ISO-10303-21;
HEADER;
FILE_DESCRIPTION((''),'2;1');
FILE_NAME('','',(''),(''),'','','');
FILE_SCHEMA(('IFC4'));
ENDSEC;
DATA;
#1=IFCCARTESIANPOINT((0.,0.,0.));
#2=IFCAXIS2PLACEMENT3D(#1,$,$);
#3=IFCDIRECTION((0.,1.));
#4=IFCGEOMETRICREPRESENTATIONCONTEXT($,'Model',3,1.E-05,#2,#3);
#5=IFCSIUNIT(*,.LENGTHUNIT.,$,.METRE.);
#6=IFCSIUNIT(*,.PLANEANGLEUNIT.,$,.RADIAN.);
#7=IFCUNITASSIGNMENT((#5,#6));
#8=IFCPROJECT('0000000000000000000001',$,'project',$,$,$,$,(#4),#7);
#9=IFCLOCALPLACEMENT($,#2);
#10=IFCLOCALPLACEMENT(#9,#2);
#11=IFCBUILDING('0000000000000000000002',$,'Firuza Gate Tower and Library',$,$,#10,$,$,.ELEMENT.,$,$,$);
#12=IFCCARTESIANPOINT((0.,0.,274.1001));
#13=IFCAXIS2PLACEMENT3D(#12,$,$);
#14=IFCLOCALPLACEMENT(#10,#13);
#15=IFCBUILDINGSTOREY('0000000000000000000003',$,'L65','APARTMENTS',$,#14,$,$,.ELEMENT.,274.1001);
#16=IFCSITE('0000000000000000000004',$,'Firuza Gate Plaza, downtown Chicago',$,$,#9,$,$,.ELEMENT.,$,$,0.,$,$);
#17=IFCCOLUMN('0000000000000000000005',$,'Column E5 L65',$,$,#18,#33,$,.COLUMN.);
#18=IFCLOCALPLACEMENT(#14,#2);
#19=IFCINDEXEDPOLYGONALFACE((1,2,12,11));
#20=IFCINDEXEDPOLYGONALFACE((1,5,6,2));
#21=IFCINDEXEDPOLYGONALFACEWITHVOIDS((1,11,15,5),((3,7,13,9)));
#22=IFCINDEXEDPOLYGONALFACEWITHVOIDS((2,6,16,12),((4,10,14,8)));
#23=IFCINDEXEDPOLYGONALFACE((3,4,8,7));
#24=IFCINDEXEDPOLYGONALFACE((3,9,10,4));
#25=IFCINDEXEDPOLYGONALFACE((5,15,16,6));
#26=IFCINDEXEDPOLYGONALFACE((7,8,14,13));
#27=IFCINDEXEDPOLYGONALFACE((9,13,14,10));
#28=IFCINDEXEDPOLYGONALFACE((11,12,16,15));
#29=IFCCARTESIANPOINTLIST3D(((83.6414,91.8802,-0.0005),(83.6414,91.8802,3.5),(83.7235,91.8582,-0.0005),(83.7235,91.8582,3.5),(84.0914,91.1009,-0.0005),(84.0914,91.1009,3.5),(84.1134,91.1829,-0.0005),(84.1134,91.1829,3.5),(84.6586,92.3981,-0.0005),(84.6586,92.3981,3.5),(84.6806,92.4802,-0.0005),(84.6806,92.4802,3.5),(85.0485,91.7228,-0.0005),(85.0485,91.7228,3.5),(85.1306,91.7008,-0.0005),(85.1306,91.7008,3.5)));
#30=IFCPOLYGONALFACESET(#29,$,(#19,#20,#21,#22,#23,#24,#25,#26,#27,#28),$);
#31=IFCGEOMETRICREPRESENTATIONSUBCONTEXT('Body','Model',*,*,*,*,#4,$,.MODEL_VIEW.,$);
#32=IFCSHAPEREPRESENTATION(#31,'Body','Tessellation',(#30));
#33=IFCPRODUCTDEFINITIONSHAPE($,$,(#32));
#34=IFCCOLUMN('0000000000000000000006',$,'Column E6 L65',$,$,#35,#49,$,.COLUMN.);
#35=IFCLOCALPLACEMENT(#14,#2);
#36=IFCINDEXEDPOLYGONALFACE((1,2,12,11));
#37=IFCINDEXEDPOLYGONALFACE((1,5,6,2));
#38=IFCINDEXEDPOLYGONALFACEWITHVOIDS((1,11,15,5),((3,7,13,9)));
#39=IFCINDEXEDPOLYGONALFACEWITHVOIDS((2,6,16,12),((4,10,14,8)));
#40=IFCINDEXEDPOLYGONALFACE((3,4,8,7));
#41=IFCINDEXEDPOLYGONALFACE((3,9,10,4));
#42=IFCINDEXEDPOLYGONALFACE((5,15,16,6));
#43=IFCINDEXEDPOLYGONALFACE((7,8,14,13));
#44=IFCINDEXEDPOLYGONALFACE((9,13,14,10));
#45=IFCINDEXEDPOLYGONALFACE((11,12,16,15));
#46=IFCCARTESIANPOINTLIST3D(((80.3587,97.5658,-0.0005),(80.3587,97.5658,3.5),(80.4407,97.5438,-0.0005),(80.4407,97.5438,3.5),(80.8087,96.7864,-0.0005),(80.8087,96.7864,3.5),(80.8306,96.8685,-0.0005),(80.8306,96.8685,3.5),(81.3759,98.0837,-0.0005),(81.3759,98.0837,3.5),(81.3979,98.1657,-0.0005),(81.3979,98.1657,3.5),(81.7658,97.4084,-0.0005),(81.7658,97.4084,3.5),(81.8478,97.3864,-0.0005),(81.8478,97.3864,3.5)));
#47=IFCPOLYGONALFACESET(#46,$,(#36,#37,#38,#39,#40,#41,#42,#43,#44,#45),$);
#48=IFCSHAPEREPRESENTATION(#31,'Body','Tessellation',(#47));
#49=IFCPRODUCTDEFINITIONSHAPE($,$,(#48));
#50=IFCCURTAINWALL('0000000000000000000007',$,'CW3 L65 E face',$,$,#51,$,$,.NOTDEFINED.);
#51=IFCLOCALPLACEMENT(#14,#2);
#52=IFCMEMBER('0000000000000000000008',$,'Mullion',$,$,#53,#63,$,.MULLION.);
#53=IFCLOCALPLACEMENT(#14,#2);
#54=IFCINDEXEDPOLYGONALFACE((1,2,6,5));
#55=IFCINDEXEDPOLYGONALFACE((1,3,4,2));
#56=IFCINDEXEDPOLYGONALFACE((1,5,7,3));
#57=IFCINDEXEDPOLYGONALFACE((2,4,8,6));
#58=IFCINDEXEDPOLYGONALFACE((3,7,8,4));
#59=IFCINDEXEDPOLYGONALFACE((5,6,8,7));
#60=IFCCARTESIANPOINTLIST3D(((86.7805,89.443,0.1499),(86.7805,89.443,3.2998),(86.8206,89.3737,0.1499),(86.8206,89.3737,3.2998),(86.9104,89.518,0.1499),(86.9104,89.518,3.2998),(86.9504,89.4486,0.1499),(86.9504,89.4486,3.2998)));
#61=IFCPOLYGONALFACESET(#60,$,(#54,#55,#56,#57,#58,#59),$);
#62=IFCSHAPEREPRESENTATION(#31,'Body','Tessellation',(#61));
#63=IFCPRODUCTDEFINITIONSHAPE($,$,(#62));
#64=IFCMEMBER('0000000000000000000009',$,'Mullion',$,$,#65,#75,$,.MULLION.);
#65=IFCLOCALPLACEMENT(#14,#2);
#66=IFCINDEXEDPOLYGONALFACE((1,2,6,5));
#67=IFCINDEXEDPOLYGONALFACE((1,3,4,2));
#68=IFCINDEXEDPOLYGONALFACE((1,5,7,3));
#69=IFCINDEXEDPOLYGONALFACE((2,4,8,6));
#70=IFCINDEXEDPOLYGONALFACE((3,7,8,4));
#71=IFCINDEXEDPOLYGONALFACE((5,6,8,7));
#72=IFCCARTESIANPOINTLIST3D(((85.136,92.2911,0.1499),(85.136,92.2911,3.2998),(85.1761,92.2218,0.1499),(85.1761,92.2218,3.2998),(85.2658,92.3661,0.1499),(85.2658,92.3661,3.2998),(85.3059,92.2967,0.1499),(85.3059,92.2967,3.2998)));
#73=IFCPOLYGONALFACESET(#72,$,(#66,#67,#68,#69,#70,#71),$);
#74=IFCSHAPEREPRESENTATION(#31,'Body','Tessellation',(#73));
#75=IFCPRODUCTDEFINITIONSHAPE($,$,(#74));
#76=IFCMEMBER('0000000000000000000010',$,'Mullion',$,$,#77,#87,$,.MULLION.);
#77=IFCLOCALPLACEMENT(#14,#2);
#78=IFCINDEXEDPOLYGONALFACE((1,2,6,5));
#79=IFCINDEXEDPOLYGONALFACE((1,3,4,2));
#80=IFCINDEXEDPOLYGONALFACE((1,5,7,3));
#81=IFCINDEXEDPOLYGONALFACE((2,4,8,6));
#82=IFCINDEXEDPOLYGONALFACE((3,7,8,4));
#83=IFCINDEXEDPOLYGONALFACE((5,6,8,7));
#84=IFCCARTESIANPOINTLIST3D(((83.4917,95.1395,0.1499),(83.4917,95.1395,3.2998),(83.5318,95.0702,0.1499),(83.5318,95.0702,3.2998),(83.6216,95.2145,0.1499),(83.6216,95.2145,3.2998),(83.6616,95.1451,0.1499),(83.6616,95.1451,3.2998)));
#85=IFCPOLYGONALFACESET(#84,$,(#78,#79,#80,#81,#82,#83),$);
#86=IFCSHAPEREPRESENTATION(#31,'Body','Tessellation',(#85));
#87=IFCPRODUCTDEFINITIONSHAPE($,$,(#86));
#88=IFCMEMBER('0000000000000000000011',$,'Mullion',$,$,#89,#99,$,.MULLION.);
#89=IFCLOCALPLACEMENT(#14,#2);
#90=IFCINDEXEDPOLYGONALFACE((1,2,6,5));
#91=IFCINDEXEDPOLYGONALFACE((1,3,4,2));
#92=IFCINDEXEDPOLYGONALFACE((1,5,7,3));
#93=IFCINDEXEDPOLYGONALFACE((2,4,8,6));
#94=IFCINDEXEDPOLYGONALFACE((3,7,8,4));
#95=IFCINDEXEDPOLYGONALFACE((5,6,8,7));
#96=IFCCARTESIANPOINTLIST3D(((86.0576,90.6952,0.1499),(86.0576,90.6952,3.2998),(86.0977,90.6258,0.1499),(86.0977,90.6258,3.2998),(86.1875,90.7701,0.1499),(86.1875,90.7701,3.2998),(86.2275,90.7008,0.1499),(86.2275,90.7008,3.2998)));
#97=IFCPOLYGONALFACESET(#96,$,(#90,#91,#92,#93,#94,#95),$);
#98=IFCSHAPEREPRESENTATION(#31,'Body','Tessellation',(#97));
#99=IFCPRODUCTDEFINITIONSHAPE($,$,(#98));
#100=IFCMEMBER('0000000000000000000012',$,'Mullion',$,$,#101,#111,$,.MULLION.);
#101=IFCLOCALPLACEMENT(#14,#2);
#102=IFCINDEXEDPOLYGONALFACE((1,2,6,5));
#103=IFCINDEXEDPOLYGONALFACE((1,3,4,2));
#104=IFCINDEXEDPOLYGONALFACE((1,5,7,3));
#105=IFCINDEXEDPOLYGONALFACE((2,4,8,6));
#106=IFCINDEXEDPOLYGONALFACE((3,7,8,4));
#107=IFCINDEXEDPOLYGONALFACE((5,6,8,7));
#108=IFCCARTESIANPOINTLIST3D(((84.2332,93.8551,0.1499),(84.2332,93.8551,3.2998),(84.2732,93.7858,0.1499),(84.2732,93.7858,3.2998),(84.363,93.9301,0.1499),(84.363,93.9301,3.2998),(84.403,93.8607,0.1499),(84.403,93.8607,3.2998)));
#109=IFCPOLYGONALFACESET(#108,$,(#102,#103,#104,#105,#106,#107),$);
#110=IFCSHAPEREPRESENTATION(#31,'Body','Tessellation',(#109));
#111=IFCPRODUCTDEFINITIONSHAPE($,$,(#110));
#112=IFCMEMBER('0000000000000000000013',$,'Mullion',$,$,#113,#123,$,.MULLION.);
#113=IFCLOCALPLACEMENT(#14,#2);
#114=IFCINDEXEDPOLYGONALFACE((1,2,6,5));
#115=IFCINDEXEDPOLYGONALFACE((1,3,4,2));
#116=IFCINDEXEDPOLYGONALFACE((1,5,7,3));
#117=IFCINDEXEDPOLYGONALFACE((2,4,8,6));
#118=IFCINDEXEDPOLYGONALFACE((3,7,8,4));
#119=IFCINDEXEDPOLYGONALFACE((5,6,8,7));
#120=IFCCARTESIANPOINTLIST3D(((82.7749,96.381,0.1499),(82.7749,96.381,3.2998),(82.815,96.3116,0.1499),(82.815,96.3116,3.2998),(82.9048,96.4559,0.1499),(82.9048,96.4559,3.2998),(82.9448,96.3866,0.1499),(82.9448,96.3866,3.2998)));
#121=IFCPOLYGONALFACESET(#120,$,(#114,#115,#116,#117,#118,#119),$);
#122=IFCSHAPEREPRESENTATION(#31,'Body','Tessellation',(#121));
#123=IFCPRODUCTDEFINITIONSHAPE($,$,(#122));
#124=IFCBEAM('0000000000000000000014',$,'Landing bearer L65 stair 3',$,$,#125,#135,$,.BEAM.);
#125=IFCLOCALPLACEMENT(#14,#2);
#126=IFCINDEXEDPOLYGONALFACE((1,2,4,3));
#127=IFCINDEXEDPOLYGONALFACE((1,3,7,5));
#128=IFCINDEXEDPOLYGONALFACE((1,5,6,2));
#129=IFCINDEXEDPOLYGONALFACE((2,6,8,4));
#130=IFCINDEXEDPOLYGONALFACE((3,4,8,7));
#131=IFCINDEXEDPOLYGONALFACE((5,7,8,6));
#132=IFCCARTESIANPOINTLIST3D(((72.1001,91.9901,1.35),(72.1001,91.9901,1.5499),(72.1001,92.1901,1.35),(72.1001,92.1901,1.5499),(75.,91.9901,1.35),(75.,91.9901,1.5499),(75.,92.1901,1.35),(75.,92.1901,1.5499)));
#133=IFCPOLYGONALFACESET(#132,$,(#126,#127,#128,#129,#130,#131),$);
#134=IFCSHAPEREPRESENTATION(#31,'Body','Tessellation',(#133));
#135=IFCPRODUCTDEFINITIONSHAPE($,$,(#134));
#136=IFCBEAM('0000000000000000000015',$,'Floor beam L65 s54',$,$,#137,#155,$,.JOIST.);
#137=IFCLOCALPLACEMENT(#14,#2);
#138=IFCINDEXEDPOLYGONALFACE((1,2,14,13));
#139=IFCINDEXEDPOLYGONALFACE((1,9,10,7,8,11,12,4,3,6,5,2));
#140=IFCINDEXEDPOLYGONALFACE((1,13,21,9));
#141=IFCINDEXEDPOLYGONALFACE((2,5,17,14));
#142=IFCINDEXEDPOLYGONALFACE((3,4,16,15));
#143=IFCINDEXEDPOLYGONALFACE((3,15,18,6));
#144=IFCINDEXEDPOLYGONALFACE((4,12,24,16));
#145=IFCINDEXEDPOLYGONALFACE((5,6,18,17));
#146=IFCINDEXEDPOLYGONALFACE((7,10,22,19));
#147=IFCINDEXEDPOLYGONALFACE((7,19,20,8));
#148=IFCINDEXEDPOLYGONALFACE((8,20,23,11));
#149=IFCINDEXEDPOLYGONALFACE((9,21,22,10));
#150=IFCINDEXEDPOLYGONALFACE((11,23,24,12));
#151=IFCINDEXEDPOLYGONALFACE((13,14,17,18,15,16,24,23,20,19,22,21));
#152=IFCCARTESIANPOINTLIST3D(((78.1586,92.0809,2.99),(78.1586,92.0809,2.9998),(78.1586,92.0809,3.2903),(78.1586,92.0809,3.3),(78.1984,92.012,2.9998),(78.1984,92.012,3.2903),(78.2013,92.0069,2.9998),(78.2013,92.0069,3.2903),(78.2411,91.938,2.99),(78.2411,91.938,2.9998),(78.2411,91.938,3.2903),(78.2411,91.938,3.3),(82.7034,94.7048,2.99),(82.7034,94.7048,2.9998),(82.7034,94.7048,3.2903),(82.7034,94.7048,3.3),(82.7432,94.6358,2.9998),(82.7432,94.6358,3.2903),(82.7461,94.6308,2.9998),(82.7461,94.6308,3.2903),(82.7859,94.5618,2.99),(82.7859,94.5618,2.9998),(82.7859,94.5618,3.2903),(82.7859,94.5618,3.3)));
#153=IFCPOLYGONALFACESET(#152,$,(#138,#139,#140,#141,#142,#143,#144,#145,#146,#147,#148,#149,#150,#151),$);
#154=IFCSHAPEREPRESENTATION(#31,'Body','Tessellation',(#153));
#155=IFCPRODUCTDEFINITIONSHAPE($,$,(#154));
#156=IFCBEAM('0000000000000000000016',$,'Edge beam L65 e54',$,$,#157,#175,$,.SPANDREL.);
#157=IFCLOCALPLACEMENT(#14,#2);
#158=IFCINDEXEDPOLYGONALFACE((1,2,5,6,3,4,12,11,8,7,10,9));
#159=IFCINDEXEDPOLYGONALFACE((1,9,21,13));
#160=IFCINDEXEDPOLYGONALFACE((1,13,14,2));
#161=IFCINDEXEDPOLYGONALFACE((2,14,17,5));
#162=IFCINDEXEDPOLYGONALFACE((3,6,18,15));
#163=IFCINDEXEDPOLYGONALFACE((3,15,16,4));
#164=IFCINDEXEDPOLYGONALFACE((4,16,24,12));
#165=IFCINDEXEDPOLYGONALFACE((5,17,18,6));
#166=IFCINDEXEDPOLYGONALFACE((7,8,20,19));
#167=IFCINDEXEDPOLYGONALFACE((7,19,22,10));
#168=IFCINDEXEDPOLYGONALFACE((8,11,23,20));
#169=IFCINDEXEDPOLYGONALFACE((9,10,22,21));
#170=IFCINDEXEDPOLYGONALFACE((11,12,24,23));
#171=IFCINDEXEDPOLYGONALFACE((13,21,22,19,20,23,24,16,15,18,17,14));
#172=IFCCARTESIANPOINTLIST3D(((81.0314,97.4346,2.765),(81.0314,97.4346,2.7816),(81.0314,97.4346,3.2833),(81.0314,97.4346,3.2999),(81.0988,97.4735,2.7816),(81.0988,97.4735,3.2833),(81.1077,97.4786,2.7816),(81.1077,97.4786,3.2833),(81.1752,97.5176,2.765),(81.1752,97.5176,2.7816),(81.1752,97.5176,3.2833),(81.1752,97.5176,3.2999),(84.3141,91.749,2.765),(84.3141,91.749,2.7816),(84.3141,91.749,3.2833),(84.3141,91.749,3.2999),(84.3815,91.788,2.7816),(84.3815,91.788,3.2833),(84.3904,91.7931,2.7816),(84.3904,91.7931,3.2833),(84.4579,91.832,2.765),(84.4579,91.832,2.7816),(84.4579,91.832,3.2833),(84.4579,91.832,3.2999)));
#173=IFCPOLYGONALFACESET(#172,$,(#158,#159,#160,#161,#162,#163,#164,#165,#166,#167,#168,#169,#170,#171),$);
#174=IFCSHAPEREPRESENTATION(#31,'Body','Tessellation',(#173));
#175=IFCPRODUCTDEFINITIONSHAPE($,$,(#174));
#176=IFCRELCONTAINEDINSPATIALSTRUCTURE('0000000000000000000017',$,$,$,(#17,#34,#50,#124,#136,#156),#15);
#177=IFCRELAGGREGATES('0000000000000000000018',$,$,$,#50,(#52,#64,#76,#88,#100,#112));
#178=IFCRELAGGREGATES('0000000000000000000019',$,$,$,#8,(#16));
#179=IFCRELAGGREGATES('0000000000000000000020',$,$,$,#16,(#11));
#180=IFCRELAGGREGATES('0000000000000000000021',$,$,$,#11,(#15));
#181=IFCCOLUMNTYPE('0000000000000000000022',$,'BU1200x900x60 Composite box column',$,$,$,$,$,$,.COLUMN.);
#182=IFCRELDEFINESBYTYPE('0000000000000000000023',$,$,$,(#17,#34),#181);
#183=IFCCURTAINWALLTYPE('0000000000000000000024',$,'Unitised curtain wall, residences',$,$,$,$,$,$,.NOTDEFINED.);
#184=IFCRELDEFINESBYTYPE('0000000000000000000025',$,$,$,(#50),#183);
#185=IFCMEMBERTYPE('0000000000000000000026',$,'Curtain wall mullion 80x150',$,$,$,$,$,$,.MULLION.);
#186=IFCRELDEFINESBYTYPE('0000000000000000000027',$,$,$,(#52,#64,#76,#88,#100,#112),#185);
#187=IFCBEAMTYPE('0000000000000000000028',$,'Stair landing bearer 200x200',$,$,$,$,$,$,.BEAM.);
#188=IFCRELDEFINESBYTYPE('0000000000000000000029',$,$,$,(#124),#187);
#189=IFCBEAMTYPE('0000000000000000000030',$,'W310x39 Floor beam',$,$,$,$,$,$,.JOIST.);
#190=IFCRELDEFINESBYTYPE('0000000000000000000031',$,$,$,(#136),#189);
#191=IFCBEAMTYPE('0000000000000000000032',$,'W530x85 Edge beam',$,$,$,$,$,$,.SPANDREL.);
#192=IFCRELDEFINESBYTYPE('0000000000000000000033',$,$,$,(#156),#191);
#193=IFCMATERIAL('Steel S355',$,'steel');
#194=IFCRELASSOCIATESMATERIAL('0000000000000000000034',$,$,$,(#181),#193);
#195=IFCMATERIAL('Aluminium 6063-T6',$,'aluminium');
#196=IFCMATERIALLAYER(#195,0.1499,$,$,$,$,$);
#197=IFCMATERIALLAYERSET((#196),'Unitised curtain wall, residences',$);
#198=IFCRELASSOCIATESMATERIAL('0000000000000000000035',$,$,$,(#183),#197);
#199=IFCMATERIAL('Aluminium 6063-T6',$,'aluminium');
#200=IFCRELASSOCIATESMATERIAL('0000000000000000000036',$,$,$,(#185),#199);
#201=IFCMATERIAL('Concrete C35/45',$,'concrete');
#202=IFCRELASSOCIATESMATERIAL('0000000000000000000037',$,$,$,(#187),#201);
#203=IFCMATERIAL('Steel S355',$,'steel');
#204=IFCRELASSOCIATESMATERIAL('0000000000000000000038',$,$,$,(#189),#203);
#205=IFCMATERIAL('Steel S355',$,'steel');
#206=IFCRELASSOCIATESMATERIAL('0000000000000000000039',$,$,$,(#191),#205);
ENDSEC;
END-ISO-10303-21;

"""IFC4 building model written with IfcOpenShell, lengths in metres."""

from ifc_helpers import new_model, si_unit, direction, frame, origin, origin_2d, place, context, subcontext, project, spatial, rectangle, hollow_rectangle, i_section, extrude, material, layer, layer_set, material_profile, profile_set, type_object, element, aggregate, save


model = new_model("IFC4")

# Units and contexts
model_context = context("Model", 3, precision=1e-05, world=origin(), true_north=direction((0.0, 1.0)))
body_context = subcontext(model_context, "Body", "Model", "MODEL_VIEW")
ifc_project = project(units=[si_unit("LENGTHUNIT", "METRE"), si_unit("PLANEANGLEUNIT", "RADIAN")], contexts=[model_context])

# Site, building, storey
site_placement = place(None, origin())
site = spatial("IfcSite", under=ifc_project, at=site_placement, Name="Firuza Gate Plaza, downtown Chicago", CompositionType="ELEMENT", RefElevation=0.0)
building_placement = place(site_placement, origin())
building = spatial("IfcBuilding", under=site, at=building_placement, Name="Firuza Gate Tower and Library", CompositionType="ELEMENT")
storey_placement = place(building_placement, frame((0.0, 0.0, 274.1001)))
storey = spatial("IfcBuildingStorey", under=building, at=storey_placement, Name="L65", Description="APARTMENTS", CompositionType="ELEMENT", Elevation=274.1001)

# Columns
ifc_material_1 = material(Name="Steel S355", Category="steel")
ifc_material_profile_1 = material_profile(ifc_material_1, hollow_rectangle(XDim=0.8999, YDim=1.2, WallThickness=0.0601, at=origin_2d()))
ifc_profile_set_1 = profile_set([ifc_material_profile_1], Name="Steel S355")
column_type = type_object("IfcColumnType", Name="BU1200x900x60 Composite box column", PredefinedType="COLUMN", material=ifc_profile_set_1)
for number, where, z_axis, x_axis, name in (
    (1, (84.386, 91.7905, -0.0005), (0.0, 0.0, 1.0), (-0.5, 0.866025, 0.0), "Column E5 L65"),
    (2, (81.1033, 97.4761, -0.0005), (0.0, 0.0, 1.0), (-0.5, 0.866025, 0.0), "Column E6 L65"),
):
    element("IfcColumn", number, at=place(storey_placement, frame(where, z_axis=z_axis, x_axis=x_axis)), inside=storey, type_object=column_type, Name=name, PredefinedType="COLUMN", context=body_context, shape_type="SweptSolid", body=[
        extrude(hollow_rectangle(XDim=0.8999, YDim=1.2, WallThickness=0.0601, at=origin_2d()), origin(), (0.0, 0.0, 1.0), 3.5005),
    ])

# Curtain wall, members
ifc_material_2 = material(Name="Aluminium 6063-T6", Category="aluminium")
ifc_layer_1 = layer(ifc_material_2, 0.1499)
ifc_layer_set_1 = layer_set([ifc_layer_1], Name="Unitised curtain wall, residences")
curtain_wall_type = type_object("IfcCurtainWallType", Name="Unitised curtain wall, residences", PredefinedType="NOTDEFINED", material=ifc_layer_set_1)
placement = place(storey_placement, origin())
curtain_wall = element("IfcCurtainWall", 3, at=placement, inside=storey, type_object=curtain_wall_type, Name="CW3 L65 E face", PredefinedType="NOTDEFINED")
ifc_material_3 = material(Name="Aluminium 6063-T6", Category="aluminium")
ifc_material_profile_2 = material_profile(ifc_material_3, rectangle(XDim=0.1499, YDim=0.0801, at=origin_2d()))
ifc_profile_set_2 = profile_set([ifc_material_profile_2], Name="Aluminium 6063-T6")
member_type = type_object("IfcMemberType", Name="Curtain wall mullion 80x150", PredefinedType="MULLION", material=ifc_profile_set_2)
member_1_placement = place(storey_placement, frame((86.8655, 89.4458, 0.1499), z_axis=(0.0, 0.0, 1.0), x_axis=(-0.866025, -0.5, 0.0)))
member_1 = element("IfcMember", 4, at=member_1_placement, type_object=member_type, Name="Mullion", PredefinedType="MULLION", context=body_context, shape_type="SweptSolid", body=[
    extrude(rectangle(XDim=0.1499, YDim=0.0801, at=origin_2d()), origin(), (0.0, 0.0, 1.0), 3.1499),
])
member_2_placement = place(storey_placement, frame((85.2209, 92.2939, 0.1499), z_axis=(0.0, 0.0, 1.0), x_axis=(-0.866025, -0.5, 0.0)))
member_2 = element("IfcMember", 5, at=member_2_placement, type_object=member_type, Name="Mullion", PredefinedType="MULLION", context=body_context, shape_type="SweptSolid", body=[
    extrude(rectangle(XDim=0.1499, YDim=0.0801, at=origin_2d()), origin(), (0.0, 0.0, 1.0), 3.1499),
])
member_3_placement = place(storey_placement, frame((83.5767, 95.1423, 0.1499), z_axis=(0.0, 0.0, 1.0), x_axis=(-0.866025, -0.5, 0.0)))
member_3 = element("IfcMember", 6, at=member_3_placement, type_object=member_type, Name="Mullion", PredefinedType="MULLION", context=body_context, shape_type="SweptSolid", body=[
    extrude(rectangle(XDim=0.1499, YDim=0.0801, at=origin_2d()), origin(), (0.0, 0.0, 1.0), 3.1499),
])
member_4_placement = place(storey_placement, frame((86.1426, 90.698, 0.1499), z_axis=(0.0, 0.0, 1.0), x_axis=(-0.866025, -0.5, 0.0)))
member_4 = element("IfcMember", 7, at=member_4_placement, type_object=member_type, Name="Mullion", PredefinedType="MULLION", context=body_context, shape_type="SweptSolid", body=[
    extrude(rectangle(XDim=0.1499, YDim=0.0801, at=origin_2d()), origin(), (0.0, 0.0, 1.0), 3.1499),
])
member_5_placement = place(storey_placement, frame((84.3181, 93.8579, 0.1499), z_axis=(0.0, 0.0, 1.0), x_axis=(-0.866025, -0.5, 0.0)))
member_5 = element("IfcMember", 8, at=member_5_placement, type_object=member_type, Name="Mullion", PredefinedType="MULLION", context=body_context, shape_type="SweptSolid", body=[
    extrude(rectangle(XDim=0.1499, YDim=0.0801, at=origin_2d()), origin(), (0.0, 0.0, 1.0), 3.1499),
])
member_6_placement = place(storey_placement, frame((82.8599, 96.3838, 0.1499), z_axis=(0.0, 0.0, 1.0), x_axis=(-0.866025, -0.5, 0.0)))
member_6 = element("IfcMember", 9, at=member_6_placement, type_object=member_type, Name="Mullion", PredefinedType="MULLION", context=body_context, shape_type="SweptSolid", body=[
    extrude(rectangle(XDim=0.1499, YDim=0.0801, at=origin_2d()), origin(), (0.0, 0.0, 1.0), 3.1499),
])

# Beams
ifc_material_4 = material(Name="Concrete C35/45", Category="concrete")
ifc_material_profile_3 = material_profile(ifc_material_4, rectangle(XDim=0.2, YDim=0.2, at=origin_2d()))
ifc_profile_set_3 = profile_set([ifc_material_profile_3], Name="Concrete C35/45")
beam_type_1 = type_object("IfcBeamType", Name="Stair landing bearer 200x200", PredefinedType="BEAM", material=ifc_profile_set_3)
beam_1_placement = place(storey_placement, frame((75.0, 92.0901, 1.45), z_axis=(-1.0, 0.0, 0.0), x_axis=(0.0, -1.0, 0.0)))
element("IfcBeam", 10, at=beam_1_placement, inside=storey, type_object=beam_type_1, Name="Landing bearer L65 stair 3", PredefinedType="BEAM", context=body_context, shape_type="SweptSolid", body=[
    extrude(rectangle(XDim=0.2, YDim=0.2, at=origin_2d()), origin(), (0.0, 0.0, 1.0), 2.8999),
])
ifc_material_5 = material(Name="Steel S355", Category="steel")
ifc_material_profile_4 = material_profile(ifc_material_5, i_section(OverallWidth=0.165, OverallDepth=0.3101, WebThickness=0.0059, FlangeThickness=0.0098, at=origin_2d()))
ifc_profile_set_4 = profile_set([ifc_material_profile_4], Name="Steel S355")
beam_type_2 = type_object("IfcBeamType", Name="W310x39 Floor beam", PredefinedType="JOIST", material=ifc_profile_set_4)
beam_2_placement = place(storey_placement, frame((82.7446, 94.6333, 3.145), z_axis=(-0.866033, -0.499987, 0.0), x_axis=(0.499987, -0.866033, 0.0)))
element("IfcBeam", 11, at=beam_2_placement, inside=storey, type_object=beam_type_2, Name="Floor beam L65 s54", PredefinedType="JOIST", context=body_context, shape_type="SweptSolid", body=[
    extrude(i_section(OverallWidth=0.165, OverallDepth=0.3101, WebThickness=0.0059, FlangeThickness=0.0098, at=origin_2d()), origin(), (0.0, 0.0, 1.0), 5.2478),
])
ifc_material_6 = material(Name="Steel S355", Category="steel")
ifc_material_profile_5 = material_profile(ifc_material_6, i_section(OverallWidth=0.166, OverallDepth=0.5349, WebThickness=0.0103, FlangeThickness=0.0166, at=origin_2d()))
ifc_profile_set_5 = profile_set([ifc_material_profile_5], Name="Steel S355")
beam_type_3 = type_object("IfcBeamType", Name="W530x85 Edge beam", PredefinedType="SPANDREL", material=ifc_profile_set_5)
beam_3_placement = place(storey_placement, frame((84.386, 91.7905, 3.0325), z_axis=(-0.500019, 0.866015, 0.0), x_axis=(-0.866015, -0.500019, 0.0)))
element("IfcBeam", 12, at=beam_3_placement, inside=storey, type_object=beam_type_3, Name="Edge beam L65 e54", PredefinedType="SPANDREL", context=body_context, shape_type="SweptSolid", body=[
    extrude(i_section(OverallWidth=0.166, OverallDepth=0.5349, WebThickness=0.0103, FlangeThickness=0.0166, at=origin_2d()), origin(), (0.0, 0.0, 1.0), 6.5652),
])

aggregate(curtain_wall, [member_1, member_2, member_3, member_4, member_5, member_6])

save(model, "model.ifc")
